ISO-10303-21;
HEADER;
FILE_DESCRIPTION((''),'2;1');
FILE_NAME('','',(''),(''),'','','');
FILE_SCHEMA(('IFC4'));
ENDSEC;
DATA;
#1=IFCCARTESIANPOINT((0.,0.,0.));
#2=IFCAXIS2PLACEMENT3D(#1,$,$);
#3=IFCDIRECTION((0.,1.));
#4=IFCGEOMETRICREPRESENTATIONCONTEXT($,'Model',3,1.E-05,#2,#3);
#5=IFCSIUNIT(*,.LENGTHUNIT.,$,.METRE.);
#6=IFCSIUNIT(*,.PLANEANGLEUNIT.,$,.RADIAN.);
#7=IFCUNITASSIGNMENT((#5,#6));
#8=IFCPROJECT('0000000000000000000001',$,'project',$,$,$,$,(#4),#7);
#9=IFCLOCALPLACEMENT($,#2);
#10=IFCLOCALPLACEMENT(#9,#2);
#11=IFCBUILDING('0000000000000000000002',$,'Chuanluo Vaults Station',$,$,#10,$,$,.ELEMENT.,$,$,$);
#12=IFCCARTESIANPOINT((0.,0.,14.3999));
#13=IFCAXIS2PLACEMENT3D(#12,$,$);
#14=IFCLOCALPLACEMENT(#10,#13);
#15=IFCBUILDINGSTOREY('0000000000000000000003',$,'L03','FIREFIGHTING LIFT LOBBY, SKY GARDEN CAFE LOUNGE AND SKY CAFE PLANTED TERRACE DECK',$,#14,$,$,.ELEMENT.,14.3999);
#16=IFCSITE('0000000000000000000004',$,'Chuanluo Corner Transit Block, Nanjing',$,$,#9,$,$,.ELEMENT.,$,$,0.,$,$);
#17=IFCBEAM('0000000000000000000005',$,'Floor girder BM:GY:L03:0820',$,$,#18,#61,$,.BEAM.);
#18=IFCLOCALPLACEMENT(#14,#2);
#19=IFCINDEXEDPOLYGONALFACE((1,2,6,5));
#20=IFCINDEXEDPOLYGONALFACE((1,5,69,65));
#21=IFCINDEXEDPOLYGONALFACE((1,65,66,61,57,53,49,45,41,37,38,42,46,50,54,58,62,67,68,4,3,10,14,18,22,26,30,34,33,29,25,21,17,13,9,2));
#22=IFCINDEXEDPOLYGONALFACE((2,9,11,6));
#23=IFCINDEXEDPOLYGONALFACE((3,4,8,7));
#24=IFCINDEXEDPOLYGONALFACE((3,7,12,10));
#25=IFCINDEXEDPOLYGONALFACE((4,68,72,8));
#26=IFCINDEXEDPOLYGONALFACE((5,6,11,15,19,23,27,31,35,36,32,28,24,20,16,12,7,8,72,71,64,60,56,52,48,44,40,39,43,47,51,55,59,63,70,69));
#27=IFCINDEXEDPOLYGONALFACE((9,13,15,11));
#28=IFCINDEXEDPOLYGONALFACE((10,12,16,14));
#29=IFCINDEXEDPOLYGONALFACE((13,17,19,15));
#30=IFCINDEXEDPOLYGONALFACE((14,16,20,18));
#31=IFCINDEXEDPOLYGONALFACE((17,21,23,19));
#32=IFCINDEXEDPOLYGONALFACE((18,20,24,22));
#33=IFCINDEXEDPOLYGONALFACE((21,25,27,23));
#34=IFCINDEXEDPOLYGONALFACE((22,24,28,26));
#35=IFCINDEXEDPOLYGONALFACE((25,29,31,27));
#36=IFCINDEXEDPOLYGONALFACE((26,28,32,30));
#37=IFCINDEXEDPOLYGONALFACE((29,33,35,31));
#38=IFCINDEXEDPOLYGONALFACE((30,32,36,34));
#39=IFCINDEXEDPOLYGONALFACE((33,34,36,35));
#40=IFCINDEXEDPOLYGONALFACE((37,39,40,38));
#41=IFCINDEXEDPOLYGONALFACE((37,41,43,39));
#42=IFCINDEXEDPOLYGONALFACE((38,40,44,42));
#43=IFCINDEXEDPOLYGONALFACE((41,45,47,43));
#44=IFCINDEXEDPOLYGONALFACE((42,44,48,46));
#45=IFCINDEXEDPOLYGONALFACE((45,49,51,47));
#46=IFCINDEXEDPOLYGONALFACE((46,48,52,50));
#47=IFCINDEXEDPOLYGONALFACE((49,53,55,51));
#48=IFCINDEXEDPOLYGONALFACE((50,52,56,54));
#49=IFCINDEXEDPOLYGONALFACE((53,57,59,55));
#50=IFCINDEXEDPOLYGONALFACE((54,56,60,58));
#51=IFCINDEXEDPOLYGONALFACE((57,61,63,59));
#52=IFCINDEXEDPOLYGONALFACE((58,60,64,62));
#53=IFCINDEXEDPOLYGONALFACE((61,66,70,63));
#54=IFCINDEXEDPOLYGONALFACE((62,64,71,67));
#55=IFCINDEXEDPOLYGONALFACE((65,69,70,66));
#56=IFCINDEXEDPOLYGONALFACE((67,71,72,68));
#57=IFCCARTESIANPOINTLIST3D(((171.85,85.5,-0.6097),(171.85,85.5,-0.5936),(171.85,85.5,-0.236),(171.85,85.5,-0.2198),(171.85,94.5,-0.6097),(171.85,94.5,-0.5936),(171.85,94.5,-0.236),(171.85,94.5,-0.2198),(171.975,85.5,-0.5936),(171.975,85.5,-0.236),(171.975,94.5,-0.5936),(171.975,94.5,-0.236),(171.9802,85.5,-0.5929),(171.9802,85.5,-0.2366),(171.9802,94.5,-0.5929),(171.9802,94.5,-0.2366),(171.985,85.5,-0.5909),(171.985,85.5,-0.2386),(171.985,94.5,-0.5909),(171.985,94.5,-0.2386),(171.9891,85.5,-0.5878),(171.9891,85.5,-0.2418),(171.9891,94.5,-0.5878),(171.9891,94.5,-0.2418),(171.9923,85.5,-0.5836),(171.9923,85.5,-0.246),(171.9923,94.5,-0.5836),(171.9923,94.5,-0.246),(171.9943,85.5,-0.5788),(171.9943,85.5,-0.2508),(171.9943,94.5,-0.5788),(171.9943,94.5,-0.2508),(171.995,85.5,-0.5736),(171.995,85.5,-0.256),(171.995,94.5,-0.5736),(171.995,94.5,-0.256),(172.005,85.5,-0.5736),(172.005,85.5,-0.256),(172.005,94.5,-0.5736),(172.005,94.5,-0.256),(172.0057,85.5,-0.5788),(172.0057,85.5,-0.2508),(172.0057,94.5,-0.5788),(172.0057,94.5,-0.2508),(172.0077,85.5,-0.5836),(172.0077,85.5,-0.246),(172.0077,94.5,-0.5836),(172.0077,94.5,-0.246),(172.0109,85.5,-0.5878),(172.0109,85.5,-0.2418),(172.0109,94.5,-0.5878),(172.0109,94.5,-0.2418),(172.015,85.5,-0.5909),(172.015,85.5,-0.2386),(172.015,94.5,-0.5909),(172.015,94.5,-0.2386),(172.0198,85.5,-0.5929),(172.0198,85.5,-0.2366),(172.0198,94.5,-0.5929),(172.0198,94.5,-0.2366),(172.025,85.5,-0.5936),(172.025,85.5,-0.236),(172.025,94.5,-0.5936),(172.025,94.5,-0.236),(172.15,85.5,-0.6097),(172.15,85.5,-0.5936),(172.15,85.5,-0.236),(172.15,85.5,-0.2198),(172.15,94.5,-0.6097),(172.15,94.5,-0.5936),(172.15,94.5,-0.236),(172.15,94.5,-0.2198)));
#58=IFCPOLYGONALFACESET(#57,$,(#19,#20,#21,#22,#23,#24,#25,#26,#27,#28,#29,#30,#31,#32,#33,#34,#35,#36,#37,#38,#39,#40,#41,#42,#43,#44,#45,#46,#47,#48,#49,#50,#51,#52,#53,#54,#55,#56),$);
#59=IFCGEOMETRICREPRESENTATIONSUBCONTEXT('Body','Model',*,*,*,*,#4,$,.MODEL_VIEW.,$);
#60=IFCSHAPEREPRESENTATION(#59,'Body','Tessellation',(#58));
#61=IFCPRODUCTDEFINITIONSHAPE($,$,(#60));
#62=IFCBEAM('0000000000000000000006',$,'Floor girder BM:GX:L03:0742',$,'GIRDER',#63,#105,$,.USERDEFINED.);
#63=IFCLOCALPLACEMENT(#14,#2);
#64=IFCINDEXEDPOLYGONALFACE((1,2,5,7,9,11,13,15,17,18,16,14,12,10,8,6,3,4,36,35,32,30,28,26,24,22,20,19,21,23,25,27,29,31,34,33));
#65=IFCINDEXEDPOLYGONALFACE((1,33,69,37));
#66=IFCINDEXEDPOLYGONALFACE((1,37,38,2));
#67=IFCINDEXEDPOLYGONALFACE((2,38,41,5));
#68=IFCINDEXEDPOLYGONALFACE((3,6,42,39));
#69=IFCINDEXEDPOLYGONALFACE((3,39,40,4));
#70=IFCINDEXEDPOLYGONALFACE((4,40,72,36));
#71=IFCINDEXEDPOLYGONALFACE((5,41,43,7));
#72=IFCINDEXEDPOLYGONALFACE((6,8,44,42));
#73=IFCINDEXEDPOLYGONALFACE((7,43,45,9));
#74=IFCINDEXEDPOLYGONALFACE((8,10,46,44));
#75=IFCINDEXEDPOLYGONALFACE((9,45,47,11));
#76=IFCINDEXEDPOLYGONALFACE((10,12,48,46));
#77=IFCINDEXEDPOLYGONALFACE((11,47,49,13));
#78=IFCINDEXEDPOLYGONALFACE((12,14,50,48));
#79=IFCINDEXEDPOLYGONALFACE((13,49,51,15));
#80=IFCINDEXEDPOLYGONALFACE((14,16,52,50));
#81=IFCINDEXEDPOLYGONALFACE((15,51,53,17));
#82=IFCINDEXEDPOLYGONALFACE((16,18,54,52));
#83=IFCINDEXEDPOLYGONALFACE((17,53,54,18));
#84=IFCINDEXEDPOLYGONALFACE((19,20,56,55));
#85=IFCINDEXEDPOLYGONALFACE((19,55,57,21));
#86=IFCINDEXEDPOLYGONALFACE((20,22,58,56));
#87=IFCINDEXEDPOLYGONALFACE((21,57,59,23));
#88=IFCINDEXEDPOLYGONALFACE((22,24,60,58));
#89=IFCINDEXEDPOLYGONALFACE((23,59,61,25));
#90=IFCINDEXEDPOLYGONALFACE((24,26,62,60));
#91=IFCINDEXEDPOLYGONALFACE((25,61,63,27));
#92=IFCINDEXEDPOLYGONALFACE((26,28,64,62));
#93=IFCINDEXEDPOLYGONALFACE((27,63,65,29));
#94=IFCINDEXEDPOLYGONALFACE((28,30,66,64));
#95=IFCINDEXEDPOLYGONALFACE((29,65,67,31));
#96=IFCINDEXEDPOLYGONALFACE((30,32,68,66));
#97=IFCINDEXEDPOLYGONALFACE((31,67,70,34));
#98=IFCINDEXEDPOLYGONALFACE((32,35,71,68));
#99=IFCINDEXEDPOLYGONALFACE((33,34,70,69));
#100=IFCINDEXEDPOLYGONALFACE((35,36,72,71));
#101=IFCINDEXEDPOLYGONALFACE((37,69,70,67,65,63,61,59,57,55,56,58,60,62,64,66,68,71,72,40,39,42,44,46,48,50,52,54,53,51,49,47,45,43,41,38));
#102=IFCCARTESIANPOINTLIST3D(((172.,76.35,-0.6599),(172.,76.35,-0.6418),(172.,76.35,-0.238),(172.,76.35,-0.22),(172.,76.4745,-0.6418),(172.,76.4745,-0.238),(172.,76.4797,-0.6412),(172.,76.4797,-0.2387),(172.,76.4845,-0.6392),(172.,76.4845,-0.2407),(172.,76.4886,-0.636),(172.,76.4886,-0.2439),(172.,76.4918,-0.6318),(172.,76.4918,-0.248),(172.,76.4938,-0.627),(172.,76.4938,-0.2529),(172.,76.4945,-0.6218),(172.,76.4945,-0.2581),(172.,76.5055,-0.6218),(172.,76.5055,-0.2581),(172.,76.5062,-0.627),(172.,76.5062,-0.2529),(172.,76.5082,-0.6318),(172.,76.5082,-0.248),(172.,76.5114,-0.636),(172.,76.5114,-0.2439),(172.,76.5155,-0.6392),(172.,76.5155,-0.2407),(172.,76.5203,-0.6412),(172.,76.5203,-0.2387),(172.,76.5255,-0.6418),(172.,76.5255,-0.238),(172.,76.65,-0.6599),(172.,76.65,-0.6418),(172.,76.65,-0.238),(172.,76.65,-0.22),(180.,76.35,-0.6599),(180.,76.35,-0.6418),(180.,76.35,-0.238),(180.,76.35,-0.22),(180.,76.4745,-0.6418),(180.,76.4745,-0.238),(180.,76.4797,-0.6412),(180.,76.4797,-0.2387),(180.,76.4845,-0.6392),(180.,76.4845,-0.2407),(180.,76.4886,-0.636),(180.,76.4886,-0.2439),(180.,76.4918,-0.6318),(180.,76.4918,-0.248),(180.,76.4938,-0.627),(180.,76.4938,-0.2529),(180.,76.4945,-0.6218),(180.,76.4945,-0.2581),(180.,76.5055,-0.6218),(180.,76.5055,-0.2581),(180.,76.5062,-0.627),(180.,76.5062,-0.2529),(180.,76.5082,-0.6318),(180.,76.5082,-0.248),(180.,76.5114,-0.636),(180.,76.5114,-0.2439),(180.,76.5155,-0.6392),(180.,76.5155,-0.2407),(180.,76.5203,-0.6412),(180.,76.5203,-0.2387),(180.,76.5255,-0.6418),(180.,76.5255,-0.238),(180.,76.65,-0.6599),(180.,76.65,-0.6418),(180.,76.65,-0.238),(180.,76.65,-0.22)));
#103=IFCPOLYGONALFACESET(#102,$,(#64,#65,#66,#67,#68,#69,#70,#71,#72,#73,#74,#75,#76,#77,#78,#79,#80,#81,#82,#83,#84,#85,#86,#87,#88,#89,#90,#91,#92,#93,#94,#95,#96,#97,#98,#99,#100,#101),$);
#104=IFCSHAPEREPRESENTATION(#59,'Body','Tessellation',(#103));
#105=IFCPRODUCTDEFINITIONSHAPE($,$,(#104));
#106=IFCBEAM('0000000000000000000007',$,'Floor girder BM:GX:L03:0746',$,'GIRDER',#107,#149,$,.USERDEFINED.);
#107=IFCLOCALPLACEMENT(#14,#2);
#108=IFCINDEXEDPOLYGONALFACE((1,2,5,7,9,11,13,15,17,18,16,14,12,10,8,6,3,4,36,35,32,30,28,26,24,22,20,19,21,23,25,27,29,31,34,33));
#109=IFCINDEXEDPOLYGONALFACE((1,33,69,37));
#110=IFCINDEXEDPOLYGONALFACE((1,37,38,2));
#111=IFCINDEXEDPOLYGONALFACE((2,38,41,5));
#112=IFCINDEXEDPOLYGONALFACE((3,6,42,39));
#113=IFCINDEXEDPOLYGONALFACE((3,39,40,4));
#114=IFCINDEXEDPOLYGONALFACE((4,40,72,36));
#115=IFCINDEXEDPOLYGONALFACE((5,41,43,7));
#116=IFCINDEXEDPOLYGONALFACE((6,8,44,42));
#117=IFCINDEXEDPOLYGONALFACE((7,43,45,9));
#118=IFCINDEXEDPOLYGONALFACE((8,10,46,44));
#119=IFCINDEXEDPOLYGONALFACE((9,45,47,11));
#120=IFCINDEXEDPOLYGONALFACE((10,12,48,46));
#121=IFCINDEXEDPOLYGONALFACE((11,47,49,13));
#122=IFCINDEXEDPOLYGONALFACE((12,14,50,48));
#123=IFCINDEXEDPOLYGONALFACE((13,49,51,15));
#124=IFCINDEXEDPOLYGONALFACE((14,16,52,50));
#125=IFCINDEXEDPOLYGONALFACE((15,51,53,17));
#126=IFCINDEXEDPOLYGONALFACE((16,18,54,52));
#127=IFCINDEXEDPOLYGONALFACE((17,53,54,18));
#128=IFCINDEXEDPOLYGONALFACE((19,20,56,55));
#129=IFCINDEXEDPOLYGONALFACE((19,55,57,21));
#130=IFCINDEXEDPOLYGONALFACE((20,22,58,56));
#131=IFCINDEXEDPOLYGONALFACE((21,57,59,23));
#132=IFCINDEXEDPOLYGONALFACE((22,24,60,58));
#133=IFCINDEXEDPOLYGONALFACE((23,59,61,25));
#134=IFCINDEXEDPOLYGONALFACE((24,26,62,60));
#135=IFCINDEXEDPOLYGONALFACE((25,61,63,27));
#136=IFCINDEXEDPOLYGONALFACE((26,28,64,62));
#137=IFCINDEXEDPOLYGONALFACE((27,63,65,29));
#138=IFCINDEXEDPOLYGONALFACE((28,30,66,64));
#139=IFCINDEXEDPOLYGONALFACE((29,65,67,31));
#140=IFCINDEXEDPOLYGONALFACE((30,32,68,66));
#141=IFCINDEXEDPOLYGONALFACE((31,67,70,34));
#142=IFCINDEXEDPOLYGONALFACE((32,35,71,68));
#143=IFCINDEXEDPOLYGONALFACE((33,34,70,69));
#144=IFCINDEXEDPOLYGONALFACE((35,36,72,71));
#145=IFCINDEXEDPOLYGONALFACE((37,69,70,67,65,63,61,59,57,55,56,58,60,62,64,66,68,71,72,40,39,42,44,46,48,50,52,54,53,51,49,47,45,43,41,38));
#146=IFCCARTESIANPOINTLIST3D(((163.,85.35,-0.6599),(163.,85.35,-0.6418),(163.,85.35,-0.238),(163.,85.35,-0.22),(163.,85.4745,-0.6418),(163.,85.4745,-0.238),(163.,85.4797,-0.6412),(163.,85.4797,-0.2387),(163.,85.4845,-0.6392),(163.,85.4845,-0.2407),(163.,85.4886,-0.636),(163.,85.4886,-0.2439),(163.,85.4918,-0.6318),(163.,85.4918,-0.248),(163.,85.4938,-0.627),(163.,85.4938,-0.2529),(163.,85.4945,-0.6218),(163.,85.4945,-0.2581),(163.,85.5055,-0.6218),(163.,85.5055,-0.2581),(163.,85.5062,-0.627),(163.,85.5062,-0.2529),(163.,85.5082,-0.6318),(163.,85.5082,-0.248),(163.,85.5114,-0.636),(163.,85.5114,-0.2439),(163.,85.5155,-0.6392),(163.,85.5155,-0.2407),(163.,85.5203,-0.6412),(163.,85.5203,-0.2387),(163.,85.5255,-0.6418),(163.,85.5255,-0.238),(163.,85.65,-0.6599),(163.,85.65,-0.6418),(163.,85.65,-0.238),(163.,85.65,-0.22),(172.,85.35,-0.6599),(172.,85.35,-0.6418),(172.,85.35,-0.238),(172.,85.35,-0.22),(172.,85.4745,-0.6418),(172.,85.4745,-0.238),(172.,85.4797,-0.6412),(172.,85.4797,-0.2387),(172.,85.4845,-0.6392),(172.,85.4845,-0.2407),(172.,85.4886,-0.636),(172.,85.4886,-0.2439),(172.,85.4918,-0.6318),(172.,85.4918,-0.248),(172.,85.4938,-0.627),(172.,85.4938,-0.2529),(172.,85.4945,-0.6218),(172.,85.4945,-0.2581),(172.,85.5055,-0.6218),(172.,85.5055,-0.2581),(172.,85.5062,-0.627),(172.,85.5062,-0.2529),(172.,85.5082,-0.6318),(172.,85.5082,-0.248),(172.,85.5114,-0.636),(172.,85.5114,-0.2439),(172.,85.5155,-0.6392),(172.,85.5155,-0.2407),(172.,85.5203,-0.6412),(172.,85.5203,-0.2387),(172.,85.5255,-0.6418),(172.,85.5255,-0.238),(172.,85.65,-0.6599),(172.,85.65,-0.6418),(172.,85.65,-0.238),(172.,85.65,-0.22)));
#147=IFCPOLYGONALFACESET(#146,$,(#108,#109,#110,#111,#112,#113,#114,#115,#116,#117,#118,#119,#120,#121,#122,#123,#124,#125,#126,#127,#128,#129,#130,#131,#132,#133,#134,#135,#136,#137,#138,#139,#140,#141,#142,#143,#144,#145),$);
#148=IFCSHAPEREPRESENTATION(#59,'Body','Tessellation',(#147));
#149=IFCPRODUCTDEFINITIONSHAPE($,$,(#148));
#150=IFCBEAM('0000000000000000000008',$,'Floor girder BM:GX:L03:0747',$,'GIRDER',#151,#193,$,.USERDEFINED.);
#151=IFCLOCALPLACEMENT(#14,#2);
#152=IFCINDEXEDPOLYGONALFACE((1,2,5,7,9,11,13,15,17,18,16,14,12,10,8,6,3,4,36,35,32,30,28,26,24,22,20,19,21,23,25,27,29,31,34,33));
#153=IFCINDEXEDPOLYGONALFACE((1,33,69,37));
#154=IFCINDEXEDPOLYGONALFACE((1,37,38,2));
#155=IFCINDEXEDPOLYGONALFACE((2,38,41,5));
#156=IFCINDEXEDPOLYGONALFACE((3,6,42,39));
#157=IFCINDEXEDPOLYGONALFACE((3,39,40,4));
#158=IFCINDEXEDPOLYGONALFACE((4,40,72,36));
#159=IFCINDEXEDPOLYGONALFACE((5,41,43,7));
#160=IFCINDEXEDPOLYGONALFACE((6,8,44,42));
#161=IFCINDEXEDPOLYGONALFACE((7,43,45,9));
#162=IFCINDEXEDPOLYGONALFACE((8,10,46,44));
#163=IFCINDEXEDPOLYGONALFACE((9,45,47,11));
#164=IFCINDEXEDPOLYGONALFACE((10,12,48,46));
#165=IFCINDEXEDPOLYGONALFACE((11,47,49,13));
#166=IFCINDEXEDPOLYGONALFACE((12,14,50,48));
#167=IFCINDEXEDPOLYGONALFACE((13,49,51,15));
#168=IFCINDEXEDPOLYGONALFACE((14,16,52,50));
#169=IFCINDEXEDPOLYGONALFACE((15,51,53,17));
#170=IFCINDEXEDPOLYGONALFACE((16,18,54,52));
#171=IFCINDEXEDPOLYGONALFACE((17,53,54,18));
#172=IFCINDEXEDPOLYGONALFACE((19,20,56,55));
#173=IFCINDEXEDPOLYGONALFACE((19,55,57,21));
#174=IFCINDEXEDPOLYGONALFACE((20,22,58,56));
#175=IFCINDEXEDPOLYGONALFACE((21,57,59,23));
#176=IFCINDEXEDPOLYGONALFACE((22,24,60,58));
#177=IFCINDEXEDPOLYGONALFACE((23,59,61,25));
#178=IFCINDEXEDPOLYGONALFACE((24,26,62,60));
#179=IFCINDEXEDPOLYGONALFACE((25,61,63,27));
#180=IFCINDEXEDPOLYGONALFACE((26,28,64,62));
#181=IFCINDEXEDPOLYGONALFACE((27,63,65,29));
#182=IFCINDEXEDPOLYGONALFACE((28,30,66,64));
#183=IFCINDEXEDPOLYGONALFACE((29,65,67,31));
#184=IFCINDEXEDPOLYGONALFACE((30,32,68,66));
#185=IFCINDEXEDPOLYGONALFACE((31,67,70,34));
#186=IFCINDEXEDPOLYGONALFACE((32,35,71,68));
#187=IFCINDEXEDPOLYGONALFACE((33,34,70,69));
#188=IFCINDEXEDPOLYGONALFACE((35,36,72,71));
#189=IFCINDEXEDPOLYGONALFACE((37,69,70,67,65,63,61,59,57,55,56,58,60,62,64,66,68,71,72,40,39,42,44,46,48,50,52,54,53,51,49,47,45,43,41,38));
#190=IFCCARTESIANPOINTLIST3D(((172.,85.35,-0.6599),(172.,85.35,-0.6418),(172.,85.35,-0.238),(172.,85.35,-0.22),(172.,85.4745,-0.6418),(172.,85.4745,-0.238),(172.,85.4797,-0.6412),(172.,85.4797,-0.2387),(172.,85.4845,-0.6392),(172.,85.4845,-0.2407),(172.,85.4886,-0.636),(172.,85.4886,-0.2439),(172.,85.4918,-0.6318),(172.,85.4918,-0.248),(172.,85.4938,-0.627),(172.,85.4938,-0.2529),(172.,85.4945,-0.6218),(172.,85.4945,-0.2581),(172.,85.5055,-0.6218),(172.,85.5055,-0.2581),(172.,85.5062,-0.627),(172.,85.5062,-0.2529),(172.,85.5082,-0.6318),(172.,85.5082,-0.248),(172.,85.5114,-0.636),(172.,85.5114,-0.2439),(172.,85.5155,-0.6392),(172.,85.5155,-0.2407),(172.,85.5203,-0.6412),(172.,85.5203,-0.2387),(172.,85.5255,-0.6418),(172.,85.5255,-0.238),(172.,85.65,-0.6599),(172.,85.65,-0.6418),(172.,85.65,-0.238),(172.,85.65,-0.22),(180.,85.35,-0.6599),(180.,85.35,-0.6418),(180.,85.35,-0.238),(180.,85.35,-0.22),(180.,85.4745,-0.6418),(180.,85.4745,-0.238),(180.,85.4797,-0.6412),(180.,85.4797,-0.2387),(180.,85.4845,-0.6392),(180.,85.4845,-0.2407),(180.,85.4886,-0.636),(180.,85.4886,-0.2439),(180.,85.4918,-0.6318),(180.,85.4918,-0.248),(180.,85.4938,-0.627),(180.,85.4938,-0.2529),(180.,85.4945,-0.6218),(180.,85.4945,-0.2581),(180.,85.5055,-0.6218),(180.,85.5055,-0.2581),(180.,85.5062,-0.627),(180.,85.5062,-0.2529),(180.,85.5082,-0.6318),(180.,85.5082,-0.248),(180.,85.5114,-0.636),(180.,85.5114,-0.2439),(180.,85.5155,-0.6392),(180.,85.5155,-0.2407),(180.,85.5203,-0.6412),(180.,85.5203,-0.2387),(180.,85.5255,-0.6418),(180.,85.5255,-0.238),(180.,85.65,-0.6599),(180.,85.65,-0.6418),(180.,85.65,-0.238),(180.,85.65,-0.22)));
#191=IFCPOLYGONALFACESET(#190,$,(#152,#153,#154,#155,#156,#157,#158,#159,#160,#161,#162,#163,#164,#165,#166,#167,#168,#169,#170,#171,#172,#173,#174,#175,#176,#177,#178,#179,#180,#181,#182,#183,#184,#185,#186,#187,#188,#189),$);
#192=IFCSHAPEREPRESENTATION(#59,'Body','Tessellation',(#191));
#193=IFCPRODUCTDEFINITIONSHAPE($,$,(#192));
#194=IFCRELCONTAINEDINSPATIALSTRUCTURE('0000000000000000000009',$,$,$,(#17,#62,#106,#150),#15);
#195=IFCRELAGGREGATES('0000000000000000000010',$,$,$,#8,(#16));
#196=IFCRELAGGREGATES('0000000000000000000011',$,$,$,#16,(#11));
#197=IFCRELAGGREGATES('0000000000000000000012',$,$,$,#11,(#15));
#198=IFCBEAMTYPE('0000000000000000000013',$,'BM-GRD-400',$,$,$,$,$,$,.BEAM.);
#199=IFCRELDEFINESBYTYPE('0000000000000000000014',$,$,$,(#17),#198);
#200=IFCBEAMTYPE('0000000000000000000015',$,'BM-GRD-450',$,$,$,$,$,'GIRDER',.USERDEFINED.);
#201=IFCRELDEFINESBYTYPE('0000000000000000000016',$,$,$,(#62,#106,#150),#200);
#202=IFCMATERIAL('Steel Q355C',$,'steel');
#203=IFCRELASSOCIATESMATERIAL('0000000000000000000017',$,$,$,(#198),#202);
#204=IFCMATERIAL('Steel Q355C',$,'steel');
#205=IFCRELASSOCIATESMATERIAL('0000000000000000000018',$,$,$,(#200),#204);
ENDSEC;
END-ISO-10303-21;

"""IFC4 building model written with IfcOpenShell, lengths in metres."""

from ifc_helpers import new_model, si_unit, direction, frame, origin, origin_2d, place, context, subcontext, project, spatial, i_section, extrude, material, material_profile, profile_set, type_object, element, save


model = new_model("IFC4")

# Units and contexts
model_context = context("Model", 3, precision=1e-05, world=origin(), true_north=direction((0.0, 1.0)))
body_context = subcontext(model_context, "Body", "Model", "MODEL_VIEW")
ifc_project = project(units=[si_unit("LENGTHUNIT", "METRE"), si_unit("PLANEANGLEUNIT", "RADIAN")], contexts=[model_context])

# Site, building, storey
site_placement = place(None, origin())
site = spatial("IfcSite", under=ifc_project, at=site_placement, Name="Chuanluo Corner Transit Block, Nanjing", CompositionType="ELEMENT", RefElevation=0.0)
building_placement = place(site_placement, origin())
building = spatial("IfcBuilding", under=site, at=building_placement, Name="Chuanluo Vaults Station", CompositionType="ELEMENT")
storey_placement = place(building_placement, frame((0.0, 0.0, 14.3999)))
storey = spatial("IfcBuildingStorey", under=building, at=storey_placement, Name="L03", Description="FIREFIGHTING LIFT LOBBY, SKY GARDEN CAFE LOUNGE AND SKY CAFE PLANTED TERRACE DECK", CompositionType="ELEMENT", Elevation=14.3999)

# Beams
ifc_material_1 = material(Name="Steel Q355C", Category="steel")
ifc_material_profile_1 = material_profile(ifc_material_1, i_section(OverallWidth=0.3, OverallDepth=0.3899, WebThickness=0.01, FlangeThickness=0.0161, FilletRadius=0.02, at=origin_2d()))
ifc_profile_set_1 = profile_set([ifc_material_profile_1], Name="Steel Q355C")
beam_type_1 = type_object("IfcBeamType", Name="BM-GRD-400", PredefinedType="BEAM", material=ifc_profile_set_1)
for number, where, z_axis, x_axis, name in (
    (1, (172.0, 85.5, -0.4148), (0.0, 1.0, 0.0), (-1.0, 0.0, 0.0), "Floor girder BM:GY:L03:0820"),
):
    element("IfcBeam", number, at=place(storey_placement, frame(where, z_axis=z_axis, x_axis=x_axis)), inside=storey, type_object=beam_type_1, Name=name, PredefinedType="BEAM", context=body_context, shape_type="SweptSolid", body=[
        extrude(i_section(OverallWidth=0.3, OverallDepth=0.3899, WebThickness=0.01, FlangeThickness=0.0161, FilletRadius=0.02, at=origin_2d()), origin(), (0.0, 0.0, 1.0), 9.0),
    ])
ifc_material_2 = material(Name="Steel Q355C", Category="steel")
ifc_material_profile_2 = material_profile(ifc_material_2, i_section(OverallWidth=0.3, OverallDepth=0.4399, WebThickness=0.011, FlangeThickness=0.0181, FilletRadius=0.02, at=origin_2d()))
ifc_profile_set_2 = profile_set([ifc_material_profile_2], Name="Steel Q355C")
beam_type_2 = type_object("IfcBeamType", Name="BM-GRD-450", ElementType="GIRDER", PredefinedType="USERDEFINED", material=ifc_profile_set_2)
beam_1_placement = place(storey_placement, frame((172.0, 76.5, -0.4399), z_axis=(1.0, 0.0, 0.0), x_axis=(0.0, 1.0, 0.0)))
element("IfcBeam", 2, at=beam_1_placement, inside=storey, type_object=beam_type_2, Name="Floor girder BM:GX:L03:0742", ObjectType="GIRDER", PredefinedType="USERDEFINED", context=body_context, shape_type="SweptSolid", body=[
    extrude(i_section(OverallWidth=0.3, OverallDepth=0.4399, WebThickness=0.011, FlangeThickness=0.0181, FilletRadius=0.02, at=origin_2d()), origin(), (0.0, 0.0, 1.0), 8.0),
])
beam_2_placement = place(storey_placement, frame((163.0, 85.5, -0.4399), z_axis=(1.0, 0.0, 0.0), x_axis=(0.0, 1.0, 0.0)))
element("IfcBeam", 3, at=beam_2_placement, inside=storey, type_object=beam_type_2, Name="Floor girder BM:GX:L03:0746", ObjectType="GIRDER", PredefinedType="USERDEFINED", context=body_context, shape_type="SweptSolid", body=[
    extrude(i_section(OverallWidth=0.3, OverallDepth=0.4399, WebThickness=0.011, FlangeThickness=0.0181, FilletRadius=0.02, at=origin_2d()), origin(), (0.0, 0.0, 1.0), 9.0),
])
beam_3_placement = place(storey_placement, frame((172.0, 85.5, -0.4399), z_axis=(1.0, 0.0, 0.0), x_axis=(0.0, 1.0, 0.0)))
element("IfcBeam", 4, at=beam_3_placement, inside=storey, type_object=beam_type_2, Name="Floor girder BM:GX:L03:0747", ObjectType="GIRDER", PredefinedType="USERDEFINED", context=body_context, shape_type="SweptSolid", body=[
    extrude(i_section(OverallWidth=0.3, OverallDepth=0.4399, WebThickness=0.011, FlangeThickness=0.0181, FilletRadius=0.02, at=origin_2d()), origin(), (0.0, 0.0, 1.0), 8.0),
])

save(model, "model.ifc")
